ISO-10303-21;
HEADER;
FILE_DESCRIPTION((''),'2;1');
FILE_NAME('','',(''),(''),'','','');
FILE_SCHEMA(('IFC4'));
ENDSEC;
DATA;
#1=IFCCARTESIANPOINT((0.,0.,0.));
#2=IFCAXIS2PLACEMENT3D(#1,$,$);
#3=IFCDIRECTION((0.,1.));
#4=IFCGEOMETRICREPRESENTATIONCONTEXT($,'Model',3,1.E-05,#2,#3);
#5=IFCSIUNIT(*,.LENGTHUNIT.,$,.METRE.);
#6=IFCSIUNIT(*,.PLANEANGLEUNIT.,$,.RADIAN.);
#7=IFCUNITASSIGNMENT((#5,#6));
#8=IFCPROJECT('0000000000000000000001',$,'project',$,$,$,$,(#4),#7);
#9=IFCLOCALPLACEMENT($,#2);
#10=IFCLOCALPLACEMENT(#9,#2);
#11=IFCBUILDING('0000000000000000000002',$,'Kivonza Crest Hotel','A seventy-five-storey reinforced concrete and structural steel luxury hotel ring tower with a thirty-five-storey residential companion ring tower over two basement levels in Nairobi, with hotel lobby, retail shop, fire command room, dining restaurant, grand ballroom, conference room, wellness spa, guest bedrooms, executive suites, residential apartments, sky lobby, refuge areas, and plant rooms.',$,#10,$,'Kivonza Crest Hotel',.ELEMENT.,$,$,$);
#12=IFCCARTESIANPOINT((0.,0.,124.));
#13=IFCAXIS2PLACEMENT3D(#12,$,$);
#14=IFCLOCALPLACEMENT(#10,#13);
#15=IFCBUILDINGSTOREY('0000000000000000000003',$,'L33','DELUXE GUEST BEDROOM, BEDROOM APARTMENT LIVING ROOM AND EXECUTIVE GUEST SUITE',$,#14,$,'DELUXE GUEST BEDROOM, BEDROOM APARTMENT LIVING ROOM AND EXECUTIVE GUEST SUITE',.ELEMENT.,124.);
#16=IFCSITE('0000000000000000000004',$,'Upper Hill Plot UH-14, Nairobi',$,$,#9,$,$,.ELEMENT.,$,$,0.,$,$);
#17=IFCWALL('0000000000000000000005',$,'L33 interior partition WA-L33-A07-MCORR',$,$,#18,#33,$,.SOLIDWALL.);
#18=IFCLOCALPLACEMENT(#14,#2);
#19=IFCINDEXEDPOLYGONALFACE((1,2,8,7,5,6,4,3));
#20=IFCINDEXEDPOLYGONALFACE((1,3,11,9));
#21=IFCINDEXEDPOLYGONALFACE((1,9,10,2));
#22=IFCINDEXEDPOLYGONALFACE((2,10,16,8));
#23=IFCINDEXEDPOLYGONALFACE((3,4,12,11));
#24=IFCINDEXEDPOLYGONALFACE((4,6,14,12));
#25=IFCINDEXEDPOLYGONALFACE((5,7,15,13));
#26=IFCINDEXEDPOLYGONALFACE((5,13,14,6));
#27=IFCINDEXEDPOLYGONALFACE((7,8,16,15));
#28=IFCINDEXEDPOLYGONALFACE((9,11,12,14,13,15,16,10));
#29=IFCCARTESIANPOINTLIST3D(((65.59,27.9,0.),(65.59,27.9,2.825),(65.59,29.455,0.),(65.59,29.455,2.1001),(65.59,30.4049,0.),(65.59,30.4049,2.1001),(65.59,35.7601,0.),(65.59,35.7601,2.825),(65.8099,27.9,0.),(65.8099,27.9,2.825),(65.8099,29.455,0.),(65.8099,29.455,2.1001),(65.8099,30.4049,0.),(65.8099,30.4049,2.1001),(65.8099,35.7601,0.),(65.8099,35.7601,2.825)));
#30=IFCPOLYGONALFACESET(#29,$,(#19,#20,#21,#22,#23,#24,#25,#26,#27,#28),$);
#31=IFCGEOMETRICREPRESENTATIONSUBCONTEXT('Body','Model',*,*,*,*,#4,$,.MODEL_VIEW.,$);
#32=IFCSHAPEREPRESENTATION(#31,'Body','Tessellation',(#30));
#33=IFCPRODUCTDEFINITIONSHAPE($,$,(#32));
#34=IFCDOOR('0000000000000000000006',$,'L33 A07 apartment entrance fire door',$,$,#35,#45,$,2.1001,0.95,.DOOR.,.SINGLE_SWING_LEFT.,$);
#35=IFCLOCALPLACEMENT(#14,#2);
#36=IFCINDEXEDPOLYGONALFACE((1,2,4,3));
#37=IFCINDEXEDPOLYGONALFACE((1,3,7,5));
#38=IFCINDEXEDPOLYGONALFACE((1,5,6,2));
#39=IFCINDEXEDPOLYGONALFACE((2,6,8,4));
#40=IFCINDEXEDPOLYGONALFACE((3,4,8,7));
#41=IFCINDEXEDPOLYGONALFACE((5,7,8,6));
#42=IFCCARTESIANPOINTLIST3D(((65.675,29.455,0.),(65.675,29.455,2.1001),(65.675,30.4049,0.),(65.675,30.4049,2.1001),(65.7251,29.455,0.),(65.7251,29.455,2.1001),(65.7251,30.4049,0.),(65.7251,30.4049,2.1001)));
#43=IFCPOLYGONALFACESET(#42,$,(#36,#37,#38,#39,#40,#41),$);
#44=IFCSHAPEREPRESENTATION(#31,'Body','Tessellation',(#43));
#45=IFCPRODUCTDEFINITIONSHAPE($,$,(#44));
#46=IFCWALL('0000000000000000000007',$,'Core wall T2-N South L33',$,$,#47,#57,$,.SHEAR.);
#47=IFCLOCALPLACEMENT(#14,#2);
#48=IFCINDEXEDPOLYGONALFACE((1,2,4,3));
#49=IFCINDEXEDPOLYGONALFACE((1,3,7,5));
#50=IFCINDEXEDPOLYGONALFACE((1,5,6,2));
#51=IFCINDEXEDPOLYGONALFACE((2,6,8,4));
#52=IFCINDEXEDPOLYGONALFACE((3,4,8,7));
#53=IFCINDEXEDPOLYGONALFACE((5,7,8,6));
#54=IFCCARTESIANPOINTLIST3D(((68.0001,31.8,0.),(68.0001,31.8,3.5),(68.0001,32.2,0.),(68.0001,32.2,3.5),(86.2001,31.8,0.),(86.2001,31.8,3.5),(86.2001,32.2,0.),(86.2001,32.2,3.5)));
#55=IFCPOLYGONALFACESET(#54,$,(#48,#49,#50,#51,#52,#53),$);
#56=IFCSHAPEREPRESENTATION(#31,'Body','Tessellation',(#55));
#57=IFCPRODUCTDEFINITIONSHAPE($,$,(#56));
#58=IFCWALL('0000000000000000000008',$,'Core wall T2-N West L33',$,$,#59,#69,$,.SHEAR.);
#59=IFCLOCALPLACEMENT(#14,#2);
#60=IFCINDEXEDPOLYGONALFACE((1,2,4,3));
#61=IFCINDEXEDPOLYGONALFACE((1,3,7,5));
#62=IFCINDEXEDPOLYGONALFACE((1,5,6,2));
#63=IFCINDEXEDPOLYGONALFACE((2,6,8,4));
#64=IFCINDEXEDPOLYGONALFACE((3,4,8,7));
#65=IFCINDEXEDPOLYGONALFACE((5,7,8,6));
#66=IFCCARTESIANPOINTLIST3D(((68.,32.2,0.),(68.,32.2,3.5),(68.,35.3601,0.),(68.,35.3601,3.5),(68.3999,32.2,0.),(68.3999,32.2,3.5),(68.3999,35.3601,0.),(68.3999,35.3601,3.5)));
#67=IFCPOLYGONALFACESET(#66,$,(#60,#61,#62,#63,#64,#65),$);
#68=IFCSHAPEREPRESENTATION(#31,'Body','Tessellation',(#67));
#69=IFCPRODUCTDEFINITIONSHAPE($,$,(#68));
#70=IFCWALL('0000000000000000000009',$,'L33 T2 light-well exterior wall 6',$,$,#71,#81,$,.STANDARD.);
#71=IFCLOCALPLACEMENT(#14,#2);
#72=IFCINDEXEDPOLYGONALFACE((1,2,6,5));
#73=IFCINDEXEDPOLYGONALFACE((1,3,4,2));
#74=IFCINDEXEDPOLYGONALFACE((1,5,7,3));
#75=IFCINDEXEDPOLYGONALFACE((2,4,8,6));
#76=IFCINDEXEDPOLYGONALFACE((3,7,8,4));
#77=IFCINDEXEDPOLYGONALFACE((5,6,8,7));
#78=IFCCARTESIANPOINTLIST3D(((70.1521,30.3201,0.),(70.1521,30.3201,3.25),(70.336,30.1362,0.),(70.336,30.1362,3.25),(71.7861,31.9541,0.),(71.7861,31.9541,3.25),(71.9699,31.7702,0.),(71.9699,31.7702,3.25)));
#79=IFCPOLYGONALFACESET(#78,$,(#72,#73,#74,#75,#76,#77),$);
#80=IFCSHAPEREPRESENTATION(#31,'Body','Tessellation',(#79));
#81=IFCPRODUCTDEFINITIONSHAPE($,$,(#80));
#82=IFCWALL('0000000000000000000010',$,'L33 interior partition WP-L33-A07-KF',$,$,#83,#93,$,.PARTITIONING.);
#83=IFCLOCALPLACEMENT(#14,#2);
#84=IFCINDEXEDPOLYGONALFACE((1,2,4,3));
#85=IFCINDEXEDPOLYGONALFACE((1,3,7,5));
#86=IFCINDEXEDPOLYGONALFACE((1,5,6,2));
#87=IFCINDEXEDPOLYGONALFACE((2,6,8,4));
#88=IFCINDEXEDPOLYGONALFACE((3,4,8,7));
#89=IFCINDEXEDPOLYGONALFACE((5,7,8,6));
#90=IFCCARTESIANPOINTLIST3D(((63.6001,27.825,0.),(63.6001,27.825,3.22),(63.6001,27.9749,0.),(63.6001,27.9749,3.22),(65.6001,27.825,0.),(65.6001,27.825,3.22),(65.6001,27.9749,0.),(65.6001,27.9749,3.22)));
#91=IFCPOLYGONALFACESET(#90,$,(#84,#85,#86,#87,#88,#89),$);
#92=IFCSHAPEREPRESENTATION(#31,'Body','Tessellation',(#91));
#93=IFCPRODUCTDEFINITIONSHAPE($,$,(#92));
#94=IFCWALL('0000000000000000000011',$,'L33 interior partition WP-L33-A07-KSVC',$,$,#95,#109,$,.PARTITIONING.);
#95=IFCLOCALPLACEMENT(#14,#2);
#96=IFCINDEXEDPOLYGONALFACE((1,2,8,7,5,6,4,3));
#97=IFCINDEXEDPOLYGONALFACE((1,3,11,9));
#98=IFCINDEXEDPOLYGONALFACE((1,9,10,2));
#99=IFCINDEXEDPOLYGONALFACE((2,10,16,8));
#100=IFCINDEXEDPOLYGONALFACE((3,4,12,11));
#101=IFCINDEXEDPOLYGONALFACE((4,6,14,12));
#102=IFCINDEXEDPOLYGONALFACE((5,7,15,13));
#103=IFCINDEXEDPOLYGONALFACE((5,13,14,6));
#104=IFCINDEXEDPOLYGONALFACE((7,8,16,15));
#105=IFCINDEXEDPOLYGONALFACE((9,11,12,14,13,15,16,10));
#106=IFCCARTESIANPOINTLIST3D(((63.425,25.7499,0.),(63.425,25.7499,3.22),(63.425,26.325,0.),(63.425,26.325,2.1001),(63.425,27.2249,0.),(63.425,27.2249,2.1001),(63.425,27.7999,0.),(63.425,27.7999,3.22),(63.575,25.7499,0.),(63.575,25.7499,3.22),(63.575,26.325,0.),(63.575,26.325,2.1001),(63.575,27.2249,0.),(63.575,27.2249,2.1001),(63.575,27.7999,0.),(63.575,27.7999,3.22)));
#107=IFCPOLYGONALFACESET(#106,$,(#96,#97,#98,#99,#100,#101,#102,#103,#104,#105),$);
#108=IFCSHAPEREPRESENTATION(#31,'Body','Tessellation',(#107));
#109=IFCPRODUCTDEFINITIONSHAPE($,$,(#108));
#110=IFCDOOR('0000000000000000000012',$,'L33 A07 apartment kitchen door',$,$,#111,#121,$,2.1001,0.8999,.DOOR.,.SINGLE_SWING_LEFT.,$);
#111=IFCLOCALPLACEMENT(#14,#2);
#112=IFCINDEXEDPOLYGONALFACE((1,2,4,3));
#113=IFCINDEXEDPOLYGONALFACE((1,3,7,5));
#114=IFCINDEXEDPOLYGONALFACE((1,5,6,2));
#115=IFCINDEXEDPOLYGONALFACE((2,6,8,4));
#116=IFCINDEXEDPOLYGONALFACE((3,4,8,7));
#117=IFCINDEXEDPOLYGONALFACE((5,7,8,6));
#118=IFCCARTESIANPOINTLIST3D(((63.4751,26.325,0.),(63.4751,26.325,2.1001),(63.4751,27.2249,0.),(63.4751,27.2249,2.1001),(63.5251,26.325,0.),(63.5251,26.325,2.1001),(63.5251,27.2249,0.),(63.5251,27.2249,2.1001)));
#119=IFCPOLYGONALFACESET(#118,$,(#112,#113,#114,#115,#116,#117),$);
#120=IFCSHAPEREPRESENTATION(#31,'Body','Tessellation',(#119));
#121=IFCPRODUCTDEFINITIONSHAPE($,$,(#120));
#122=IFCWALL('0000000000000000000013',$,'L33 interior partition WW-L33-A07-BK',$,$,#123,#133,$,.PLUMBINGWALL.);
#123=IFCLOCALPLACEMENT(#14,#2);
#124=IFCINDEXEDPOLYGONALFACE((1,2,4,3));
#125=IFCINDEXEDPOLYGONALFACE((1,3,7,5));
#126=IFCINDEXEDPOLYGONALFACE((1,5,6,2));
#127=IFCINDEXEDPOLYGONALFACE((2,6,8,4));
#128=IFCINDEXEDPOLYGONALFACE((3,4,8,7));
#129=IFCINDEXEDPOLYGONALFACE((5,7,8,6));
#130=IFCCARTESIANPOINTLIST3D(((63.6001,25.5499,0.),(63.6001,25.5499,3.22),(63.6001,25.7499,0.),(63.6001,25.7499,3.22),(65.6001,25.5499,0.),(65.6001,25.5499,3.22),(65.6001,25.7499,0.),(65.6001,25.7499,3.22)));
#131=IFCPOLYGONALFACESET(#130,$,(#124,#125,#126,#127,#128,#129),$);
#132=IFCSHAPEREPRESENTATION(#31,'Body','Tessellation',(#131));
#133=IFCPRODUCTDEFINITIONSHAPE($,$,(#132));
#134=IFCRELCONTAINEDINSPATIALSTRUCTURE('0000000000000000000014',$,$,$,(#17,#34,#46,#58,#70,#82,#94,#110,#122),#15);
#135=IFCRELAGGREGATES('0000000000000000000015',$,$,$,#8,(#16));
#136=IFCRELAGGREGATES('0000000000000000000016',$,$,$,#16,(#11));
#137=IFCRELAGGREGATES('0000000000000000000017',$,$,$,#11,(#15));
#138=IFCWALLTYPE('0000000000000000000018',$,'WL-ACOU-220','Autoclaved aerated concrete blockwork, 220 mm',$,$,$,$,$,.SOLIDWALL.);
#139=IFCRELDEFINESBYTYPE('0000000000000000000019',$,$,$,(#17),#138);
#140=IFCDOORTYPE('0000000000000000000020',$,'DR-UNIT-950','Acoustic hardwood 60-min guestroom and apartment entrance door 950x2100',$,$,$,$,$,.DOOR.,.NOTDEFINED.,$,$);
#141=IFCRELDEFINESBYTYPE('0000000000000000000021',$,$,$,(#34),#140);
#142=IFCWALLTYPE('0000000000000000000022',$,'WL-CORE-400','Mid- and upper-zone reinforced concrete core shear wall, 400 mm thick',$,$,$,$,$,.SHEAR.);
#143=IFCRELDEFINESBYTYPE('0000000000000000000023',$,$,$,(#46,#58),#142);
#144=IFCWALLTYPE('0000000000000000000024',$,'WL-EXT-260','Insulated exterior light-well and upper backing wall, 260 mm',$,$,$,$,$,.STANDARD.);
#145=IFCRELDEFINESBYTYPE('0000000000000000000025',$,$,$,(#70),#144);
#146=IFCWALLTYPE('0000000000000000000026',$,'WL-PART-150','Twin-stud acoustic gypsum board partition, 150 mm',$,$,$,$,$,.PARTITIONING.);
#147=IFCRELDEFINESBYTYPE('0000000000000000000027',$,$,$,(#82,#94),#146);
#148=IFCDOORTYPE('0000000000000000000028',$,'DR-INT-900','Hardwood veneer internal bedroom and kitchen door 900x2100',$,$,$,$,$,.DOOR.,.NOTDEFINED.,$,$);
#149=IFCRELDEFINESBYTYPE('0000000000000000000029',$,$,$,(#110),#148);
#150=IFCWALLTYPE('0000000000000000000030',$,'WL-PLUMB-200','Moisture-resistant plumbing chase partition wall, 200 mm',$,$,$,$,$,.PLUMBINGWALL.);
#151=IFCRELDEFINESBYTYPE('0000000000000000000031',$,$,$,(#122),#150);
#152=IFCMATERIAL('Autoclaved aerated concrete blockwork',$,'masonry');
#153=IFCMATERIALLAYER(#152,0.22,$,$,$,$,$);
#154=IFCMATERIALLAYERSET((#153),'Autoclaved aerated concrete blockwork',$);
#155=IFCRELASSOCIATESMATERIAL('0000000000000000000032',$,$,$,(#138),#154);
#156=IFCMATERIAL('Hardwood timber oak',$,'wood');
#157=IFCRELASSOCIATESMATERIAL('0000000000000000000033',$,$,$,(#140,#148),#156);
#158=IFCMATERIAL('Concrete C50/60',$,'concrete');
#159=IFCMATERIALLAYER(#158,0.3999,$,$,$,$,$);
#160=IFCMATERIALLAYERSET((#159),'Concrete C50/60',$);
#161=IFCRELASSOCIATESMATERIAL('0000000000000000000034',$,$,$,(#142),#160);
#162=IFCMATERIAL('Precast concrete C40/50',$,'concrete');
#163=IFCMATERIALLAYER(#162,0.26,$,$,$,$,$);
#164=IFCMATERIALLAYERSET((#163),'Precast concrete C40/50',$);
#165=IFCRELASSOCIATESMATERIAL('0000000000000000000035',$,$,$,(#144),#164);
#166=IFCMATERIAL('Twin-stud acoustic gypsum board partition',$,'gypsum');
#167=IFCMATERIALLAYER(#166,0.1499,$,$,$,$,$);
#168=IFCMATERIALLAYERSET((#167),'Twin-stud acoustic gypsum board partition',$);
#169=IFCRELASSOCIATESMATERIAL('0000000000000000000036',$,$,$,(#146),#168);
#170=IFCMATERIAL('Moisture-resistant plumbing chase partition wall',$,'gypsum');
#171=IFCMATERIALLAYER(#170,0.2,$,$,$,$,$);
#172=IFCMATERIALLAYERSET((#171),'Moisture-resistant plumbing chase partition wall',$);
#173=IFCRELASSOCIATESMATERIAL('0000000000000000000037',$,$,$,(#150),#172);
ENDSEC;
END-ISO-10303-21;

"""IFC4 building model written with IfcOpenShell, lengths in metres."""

from ifc_helpers import new_model, si_unit, direction, frame, frame_2d, origin, place, context, subcontext, project, spatial, rectangle, extrude, material, layer, layer_set, type_object, element, fill, save


model = new_model("IFC4")

# Units and contexts
model_context = context("Model", 3, precision=1e-05, world=origin(), true_north=direction((0.0, 1.0)))
body_context = subcontext(model_context, "Body", "Model", "MODEL_VIEW")
ifc_project = project(units=[si_unit("LENGTHUNIT", "METRE"), si_unit("PLANEANGLEUNIT", "RADIAN")], contexts=[model_context])

# Site, building, storey
site_placement = place(None, origin())
site = spatial("IfcSite", under=ifc_project, at=site_placement, Name="Upper Hill Plot UH-14, Nairobi", CompositionType="ELEMENT", RefElevation=0.0)
building_placement = place(site_placement, origin())
building = spatial("IfcBuilding", under=site, at=building_placement, Name="Kivonza Crest Hotel", Description="A seventy-five-storey reinforced concrete and structural steel luxury hotel ring tower with a thirty-five-storey residential companion ring tower over two basement levels in Nairobi, with hotel lobby, retail shop, fire command room, dining restaurant, grand ballroom, conference room, wellness spa, guest bedrooms, executive suites, residential apartments, sky lobby, refuge areas, and plant rooms.", LongName="Kivonza Crest Hotel", CompositionType="ELEMENT")
storey_placement = place(building_placement, frame((0.0, 0.0, 124.0)))
storey = spatial("IfcBuildingStorey", under=building, at=storey_placement, Name="L33", Description="DELUXE GUEST BEDROOM, BEDROOM APARTMENT LIVING ROOM AND EXECUTIVE GUEST SUITE", LongName="DELUXE GUEST BEDROOM, BEDROOM APARTMENT LIVING ROOM AND EXECUTIVE GUEST SUITE", CompositionType="ELEMENT", Elevation=124.0)

# Shared definitions
ifc_material_1 = material(Name="Concrete C50/60", Category="concrete")

# Wall, opening, door
ifc_material_2 = material(Name="Autoclaved aerated concrete blockwork", Category="masonry")
ifc_layer_1 = layer(ifc_material_2, 0.22)
ifc_layer_set_1 = layer_set([ifc_layer_1], Name="Autoclaved aerated concrete blockwork")
wall_type_1 = type_object("IfcWallType", Name="WL-ACOU-220", Description="Autoclaved aerated concrete blockwork, 220 mm", PredefinedType="SOLIDWALL", material=ifc_layer_set_1)
wall_1_placement = place(storey_placement, frame((65.7, 27.8999, 0.0), z_axis=(0.0, 0.0, 1.0), x_axis=(0.0, 1.0, 0.0)))
wall_1 = element("IfcWall", 1, at=wall_1_placement, inside=storey, type_object=wall_type_1, Name="L33 interior partition WA-L33-A07-MCORR", PredefinedType="SOLIDWALL", context=body_context, shape_type="SweptSolid", body=[
    extrude(rectangle(XDim=7.8601, YDim=0.22, at=frame_2d((3.9302, 0.0))), origin(), (0.0, 0.0, 1.0), 2.825),
])
opening_1_placement = place(wall_1_placement, frame((1.5549, 0.0, 0.0)))
opening_1 = element("IfcOpeningElement", 2, at=opening_1_placement, cuts=wall_1, PredefinedType="OPENING", context=body_context, shape_type="SweptSolid", body=[
    extrude(rectangle(XDim=0.95, YDim=2.1001, at=frame_2d((0.4751, 1.05))), frame((0.0, 0.1201, 0.0), z_axis=(0.0, -1.0, 0.0), x_axis=(1.0, 0.0, 0.0)), (0.0, 0.0, 1.0), 0.24),
])
ifc_material_3 = material(Name="Hardwood timber oak", Category="wood")
door_type_1 = type_object("IfcDoorType", Name="DR-UNIT-950", Description="Acoustic hardwood 60-min guestroom and apartment entrance door 950x2100", OperationType="NOTDEFINED", PredefinedType="DOOR", material=ifc_material_3)
door_1_placement = place(opening_1_placement, origin())
door_1 = element("IfcDoor", 3, at=door_1_placement, inside=storey, type_object=door_type_1, Name="L33 A07 apartment entrance fire door", OperationType="SINGLE_SWING_LEFT", OverallHeight=2.1001, OverallWidth=0.95, PredefinedType="DOOR", context=body_context, shape_type="SweptSolid", body=[
    extrude(rectangle(XDim=0.95, YDim=2.1001, at=frame_2d((0.4751, 1.05))), frame((0.0, 0.0249, 0.0), z_axis=(0.0, -1.0, 0.0), x_axis=(1.0, 0.0, 0.0)), (0.0, 0.0, 1.0), 0.05),
])
fill(opening_1, door_1)

# Walls
ifc_layer_2 = layer(ifc_material_1, 0.3999)
ifc_layer_set_2 = layer_set([ifc_layer_2], Name="Concrete C50/60")
wall_type_2 = type_object("IfcWallType", Name="WL-CORE-400", Description="Mid- and upper-zone reinforced concrete core shear wall, 400 mm thick", PredefinedType="SHEAR", material=ifc_layer_set_2)
wall_2_placement = place(storey_placement, frame((68.0, 32.0, 0.0), z_axis=(0.0, 0.0, 1.0), x_axis=(1.0, 0.0, 0.0)))
element("IfcWall", 4, at=wall_2_placement, inside=storey, type_object=wall_type_2, Name="Core wall T2-N South L33", PredefinedType="SHEAR", context=body_context, shape_type="SweptSolid", body=[
    extrude(rectangle(XDim=18.2, YDim=0.3999, at=frame_2d((9.1001, 0.0))), origin(), (0.0, 0.0, 1.0), 3.5),
])
wall_3_placement = place(storey_placement, frame((68.2, 32.2, 0.0), z_axis=(0.0, 0.0, 1.0), x_axis=(0.0, 1.0, 0.0)))
element("IfcWall", 5, at=wall_3_placement, inside=storey, type_object=wall_type_2, Name="Core wall T2-N West L33", PredefinedType="SHEAR", context=body_context, shape_type="SweptSolid", body=[
    extrude(rectangle(XDim=3.1602, YDim=0.3999, at=frame_2d((1.5801, 0.0))), origin(), (0.0, 0.0, 1.0), 3.5),
])
ifc_material_4 = material(Name="Precast concrete C40/50", Category="concrete")
ifc_layer_3 = layer(ifc_material_4, 0.26)
ifc_layer_set_3 = layer_set([ifc_layer_3], Name="Precast concrete C40/50")
wall_type_3 = type_object("IfcWallType", Name="WL-EXT-260", Description="Insulated exterior light-well and upper backing wall, 260 mm", PredefinedType="STANDARD", material=ifc_layer_set_3)
wall_4_placement = place(storey_placement, frame((71.8779, 31.8621, 0.0), z_axis=(0.0, 0.0, 1.0), x_axis=(-0.707107, -0.707107, 0.0)))
element("IfcWall", 6, at=wall_4_placement, inside=storey, type_object=wall_type_3, Name="L33 T2 light-well exterior wall 6", PredefinedType="STANDARD", context=body_context, shape_type="SweptSolid", body=[
    extrude(rectangle(XDim=2.3108, YDim=0.26, at=frame_2d((1.1553, 0.0))), origin(), (0.0, 0.0, 1.0), 3.25),
])
ifc_material_5 = material(Name="Twin-stud acoustic gypsum board partition", Category="gypsum")
ifc_layer_4 = layer(ifc_material_5, 0.1499)
ifc_layer_set_4 = layer_set([ifc_layer_4], Name="Twin-stud acoustic gypsum board partition")
wall_type_4 = type_object("IfcWallType", Name="WL-PART-150", Description="Twin-stud acoustic gypsum board partition, 150 mm", PredefinedType="PARTITIONING", material=ifc_layer_set_4)
wall_5_placement = place(storey_placement, frame((63.6001, 27.8999, 0.0), z_axis=(0.0, 0.0, 1.0), x_axis=(1.0, 0.0, 0.0)))
element("IfcWall", 7, at=wall_5_placement, inside=storey, type_object=wall_type_4, Name="L33 interior partition WP-L33-A07-KF", PredefinedType="PARTITIONING", context=body_context, shape_type="SweptSolid", body=[
    extrude(rectangle(XDim=2.0, YDim=0.1499, at=frame_2d((1.0, 0.0))), origin(), (0.0, 0.0, 1.0), 3.22),
])

# Wall, opening, door
wall_6_placement = place(storey_placement, frame((63.5, 25.75, 0.0), z_axis=(0.0, 0.0, 1.0), x_axis=(0.0, 1.0, 0.0)))
wall_6 = element("IfcWall", 8, at=wall_6_placement, inside=storey, type_object=wall_type_4, Name="L33 interior partition WP-L33-A07-KSVC", PredefinedType="PARTITIONING", context=body_context, shape_type="SweptSolid", body=[
    extrude(rectangle(XDim=2.05, YDim=0.1499, at=frame_2d((1.0249, 0.0))), origin(), (0.0, 0.0, 1.0), 3.22),
])
opening_2_placement = place(wall_6_placement, frame((0.575, 0.0, 0.0)))
opening_2 = element("IfcOpeningElement", 9, at=opening_2_placement, cuts=wall_6, PredefinedType="OPENING", context=body_context, shape_type="SweptSolid", body=[
    extrude(rectangle(XDim=0.8999, YDim=2.1001, at=frame_2d((0.45, 1.05))), frame((0.0, 0.085, 0.0), z_axis=(0.0, -1.0, 0.0), x_axis=(1.0, 0.0, 0.0)), (0.0, 0.0, 1.0), 0.1699),
])
door_type_2 = type_object("IfcDoorType", Name="DR-INT-900", Description="Hardwood veneer internal bedroom and kitchen door 900x2100", OperationType="NOTDEFINED", PredefinedType="DOOR", material=ifc_material_3)
door_2_placement = place(opening_2_placement, origin())
door_2 = element("IfcDoor", 10, at=door_2_placement, inside=storey, type_object=door_type_2, Name="L33 A07 apartment kitchen door", OperationType="SINGLE_SWING_LEFT", OverallHeight=2.1001, OverallWidth=0.8999, PredefinedType="DOOR", context=body_context, shape_type="SweptSolid", body=[
    extrude(rectangle(XDim=0.8999, YDim=2.1001, at=frame_2d((0.45, 1.05))), frame((0.0, 0.0249, 0.0), z_axis=(0.0, -1.0, 0.0), x_axis=(1.0, 0.0, 0.0)), (0.0, 0.0, 1.0), 0.05),
])
fill(opening_2, door_2)

# Wall
ifc_material_6 = material(Name="Moisture-resistant plumbing chase partition wall", Category="gypsum")
ifc_layer_5 = layer(ifc_material_6, 0.2)
ifc_layer_set_5 = layer_set([ifc_layer_5], Name="Moisture-resistant plumbing chase partition wall")
wall_type_5 = type_object("IfcWallType", Name="WL-PLUMB-200", Description="Moisture-resistant plumbing chase partition wall, 200 mm", PredefinedType="PLUMBINGWALL", material=ifc_layer_set_5)
wall_7_placement = place(storey_placement, frame((63.6001, 25.6499, 0.0), z_axis=(0.0, 0.0, 1.0), x_axis=(1.0, 0.0, 0.0)))
element("IfcWall", 11, at=wall_7_placement, inside=storey, type_object=wall_type_5, Name="L33 interior partition WW-L33-A07-BK", PredefinedType="PLUMBINGWALL", context=body_context, shape_type="SweptSolid", body=[
    extrude(rectangle(XDim=2.0, YDim=0.2, at=frame_2d((1.0, 0.0))), origin(), (0.0, 0.0, 1.0), 3.22),
])

save(model, "model.ifc")
